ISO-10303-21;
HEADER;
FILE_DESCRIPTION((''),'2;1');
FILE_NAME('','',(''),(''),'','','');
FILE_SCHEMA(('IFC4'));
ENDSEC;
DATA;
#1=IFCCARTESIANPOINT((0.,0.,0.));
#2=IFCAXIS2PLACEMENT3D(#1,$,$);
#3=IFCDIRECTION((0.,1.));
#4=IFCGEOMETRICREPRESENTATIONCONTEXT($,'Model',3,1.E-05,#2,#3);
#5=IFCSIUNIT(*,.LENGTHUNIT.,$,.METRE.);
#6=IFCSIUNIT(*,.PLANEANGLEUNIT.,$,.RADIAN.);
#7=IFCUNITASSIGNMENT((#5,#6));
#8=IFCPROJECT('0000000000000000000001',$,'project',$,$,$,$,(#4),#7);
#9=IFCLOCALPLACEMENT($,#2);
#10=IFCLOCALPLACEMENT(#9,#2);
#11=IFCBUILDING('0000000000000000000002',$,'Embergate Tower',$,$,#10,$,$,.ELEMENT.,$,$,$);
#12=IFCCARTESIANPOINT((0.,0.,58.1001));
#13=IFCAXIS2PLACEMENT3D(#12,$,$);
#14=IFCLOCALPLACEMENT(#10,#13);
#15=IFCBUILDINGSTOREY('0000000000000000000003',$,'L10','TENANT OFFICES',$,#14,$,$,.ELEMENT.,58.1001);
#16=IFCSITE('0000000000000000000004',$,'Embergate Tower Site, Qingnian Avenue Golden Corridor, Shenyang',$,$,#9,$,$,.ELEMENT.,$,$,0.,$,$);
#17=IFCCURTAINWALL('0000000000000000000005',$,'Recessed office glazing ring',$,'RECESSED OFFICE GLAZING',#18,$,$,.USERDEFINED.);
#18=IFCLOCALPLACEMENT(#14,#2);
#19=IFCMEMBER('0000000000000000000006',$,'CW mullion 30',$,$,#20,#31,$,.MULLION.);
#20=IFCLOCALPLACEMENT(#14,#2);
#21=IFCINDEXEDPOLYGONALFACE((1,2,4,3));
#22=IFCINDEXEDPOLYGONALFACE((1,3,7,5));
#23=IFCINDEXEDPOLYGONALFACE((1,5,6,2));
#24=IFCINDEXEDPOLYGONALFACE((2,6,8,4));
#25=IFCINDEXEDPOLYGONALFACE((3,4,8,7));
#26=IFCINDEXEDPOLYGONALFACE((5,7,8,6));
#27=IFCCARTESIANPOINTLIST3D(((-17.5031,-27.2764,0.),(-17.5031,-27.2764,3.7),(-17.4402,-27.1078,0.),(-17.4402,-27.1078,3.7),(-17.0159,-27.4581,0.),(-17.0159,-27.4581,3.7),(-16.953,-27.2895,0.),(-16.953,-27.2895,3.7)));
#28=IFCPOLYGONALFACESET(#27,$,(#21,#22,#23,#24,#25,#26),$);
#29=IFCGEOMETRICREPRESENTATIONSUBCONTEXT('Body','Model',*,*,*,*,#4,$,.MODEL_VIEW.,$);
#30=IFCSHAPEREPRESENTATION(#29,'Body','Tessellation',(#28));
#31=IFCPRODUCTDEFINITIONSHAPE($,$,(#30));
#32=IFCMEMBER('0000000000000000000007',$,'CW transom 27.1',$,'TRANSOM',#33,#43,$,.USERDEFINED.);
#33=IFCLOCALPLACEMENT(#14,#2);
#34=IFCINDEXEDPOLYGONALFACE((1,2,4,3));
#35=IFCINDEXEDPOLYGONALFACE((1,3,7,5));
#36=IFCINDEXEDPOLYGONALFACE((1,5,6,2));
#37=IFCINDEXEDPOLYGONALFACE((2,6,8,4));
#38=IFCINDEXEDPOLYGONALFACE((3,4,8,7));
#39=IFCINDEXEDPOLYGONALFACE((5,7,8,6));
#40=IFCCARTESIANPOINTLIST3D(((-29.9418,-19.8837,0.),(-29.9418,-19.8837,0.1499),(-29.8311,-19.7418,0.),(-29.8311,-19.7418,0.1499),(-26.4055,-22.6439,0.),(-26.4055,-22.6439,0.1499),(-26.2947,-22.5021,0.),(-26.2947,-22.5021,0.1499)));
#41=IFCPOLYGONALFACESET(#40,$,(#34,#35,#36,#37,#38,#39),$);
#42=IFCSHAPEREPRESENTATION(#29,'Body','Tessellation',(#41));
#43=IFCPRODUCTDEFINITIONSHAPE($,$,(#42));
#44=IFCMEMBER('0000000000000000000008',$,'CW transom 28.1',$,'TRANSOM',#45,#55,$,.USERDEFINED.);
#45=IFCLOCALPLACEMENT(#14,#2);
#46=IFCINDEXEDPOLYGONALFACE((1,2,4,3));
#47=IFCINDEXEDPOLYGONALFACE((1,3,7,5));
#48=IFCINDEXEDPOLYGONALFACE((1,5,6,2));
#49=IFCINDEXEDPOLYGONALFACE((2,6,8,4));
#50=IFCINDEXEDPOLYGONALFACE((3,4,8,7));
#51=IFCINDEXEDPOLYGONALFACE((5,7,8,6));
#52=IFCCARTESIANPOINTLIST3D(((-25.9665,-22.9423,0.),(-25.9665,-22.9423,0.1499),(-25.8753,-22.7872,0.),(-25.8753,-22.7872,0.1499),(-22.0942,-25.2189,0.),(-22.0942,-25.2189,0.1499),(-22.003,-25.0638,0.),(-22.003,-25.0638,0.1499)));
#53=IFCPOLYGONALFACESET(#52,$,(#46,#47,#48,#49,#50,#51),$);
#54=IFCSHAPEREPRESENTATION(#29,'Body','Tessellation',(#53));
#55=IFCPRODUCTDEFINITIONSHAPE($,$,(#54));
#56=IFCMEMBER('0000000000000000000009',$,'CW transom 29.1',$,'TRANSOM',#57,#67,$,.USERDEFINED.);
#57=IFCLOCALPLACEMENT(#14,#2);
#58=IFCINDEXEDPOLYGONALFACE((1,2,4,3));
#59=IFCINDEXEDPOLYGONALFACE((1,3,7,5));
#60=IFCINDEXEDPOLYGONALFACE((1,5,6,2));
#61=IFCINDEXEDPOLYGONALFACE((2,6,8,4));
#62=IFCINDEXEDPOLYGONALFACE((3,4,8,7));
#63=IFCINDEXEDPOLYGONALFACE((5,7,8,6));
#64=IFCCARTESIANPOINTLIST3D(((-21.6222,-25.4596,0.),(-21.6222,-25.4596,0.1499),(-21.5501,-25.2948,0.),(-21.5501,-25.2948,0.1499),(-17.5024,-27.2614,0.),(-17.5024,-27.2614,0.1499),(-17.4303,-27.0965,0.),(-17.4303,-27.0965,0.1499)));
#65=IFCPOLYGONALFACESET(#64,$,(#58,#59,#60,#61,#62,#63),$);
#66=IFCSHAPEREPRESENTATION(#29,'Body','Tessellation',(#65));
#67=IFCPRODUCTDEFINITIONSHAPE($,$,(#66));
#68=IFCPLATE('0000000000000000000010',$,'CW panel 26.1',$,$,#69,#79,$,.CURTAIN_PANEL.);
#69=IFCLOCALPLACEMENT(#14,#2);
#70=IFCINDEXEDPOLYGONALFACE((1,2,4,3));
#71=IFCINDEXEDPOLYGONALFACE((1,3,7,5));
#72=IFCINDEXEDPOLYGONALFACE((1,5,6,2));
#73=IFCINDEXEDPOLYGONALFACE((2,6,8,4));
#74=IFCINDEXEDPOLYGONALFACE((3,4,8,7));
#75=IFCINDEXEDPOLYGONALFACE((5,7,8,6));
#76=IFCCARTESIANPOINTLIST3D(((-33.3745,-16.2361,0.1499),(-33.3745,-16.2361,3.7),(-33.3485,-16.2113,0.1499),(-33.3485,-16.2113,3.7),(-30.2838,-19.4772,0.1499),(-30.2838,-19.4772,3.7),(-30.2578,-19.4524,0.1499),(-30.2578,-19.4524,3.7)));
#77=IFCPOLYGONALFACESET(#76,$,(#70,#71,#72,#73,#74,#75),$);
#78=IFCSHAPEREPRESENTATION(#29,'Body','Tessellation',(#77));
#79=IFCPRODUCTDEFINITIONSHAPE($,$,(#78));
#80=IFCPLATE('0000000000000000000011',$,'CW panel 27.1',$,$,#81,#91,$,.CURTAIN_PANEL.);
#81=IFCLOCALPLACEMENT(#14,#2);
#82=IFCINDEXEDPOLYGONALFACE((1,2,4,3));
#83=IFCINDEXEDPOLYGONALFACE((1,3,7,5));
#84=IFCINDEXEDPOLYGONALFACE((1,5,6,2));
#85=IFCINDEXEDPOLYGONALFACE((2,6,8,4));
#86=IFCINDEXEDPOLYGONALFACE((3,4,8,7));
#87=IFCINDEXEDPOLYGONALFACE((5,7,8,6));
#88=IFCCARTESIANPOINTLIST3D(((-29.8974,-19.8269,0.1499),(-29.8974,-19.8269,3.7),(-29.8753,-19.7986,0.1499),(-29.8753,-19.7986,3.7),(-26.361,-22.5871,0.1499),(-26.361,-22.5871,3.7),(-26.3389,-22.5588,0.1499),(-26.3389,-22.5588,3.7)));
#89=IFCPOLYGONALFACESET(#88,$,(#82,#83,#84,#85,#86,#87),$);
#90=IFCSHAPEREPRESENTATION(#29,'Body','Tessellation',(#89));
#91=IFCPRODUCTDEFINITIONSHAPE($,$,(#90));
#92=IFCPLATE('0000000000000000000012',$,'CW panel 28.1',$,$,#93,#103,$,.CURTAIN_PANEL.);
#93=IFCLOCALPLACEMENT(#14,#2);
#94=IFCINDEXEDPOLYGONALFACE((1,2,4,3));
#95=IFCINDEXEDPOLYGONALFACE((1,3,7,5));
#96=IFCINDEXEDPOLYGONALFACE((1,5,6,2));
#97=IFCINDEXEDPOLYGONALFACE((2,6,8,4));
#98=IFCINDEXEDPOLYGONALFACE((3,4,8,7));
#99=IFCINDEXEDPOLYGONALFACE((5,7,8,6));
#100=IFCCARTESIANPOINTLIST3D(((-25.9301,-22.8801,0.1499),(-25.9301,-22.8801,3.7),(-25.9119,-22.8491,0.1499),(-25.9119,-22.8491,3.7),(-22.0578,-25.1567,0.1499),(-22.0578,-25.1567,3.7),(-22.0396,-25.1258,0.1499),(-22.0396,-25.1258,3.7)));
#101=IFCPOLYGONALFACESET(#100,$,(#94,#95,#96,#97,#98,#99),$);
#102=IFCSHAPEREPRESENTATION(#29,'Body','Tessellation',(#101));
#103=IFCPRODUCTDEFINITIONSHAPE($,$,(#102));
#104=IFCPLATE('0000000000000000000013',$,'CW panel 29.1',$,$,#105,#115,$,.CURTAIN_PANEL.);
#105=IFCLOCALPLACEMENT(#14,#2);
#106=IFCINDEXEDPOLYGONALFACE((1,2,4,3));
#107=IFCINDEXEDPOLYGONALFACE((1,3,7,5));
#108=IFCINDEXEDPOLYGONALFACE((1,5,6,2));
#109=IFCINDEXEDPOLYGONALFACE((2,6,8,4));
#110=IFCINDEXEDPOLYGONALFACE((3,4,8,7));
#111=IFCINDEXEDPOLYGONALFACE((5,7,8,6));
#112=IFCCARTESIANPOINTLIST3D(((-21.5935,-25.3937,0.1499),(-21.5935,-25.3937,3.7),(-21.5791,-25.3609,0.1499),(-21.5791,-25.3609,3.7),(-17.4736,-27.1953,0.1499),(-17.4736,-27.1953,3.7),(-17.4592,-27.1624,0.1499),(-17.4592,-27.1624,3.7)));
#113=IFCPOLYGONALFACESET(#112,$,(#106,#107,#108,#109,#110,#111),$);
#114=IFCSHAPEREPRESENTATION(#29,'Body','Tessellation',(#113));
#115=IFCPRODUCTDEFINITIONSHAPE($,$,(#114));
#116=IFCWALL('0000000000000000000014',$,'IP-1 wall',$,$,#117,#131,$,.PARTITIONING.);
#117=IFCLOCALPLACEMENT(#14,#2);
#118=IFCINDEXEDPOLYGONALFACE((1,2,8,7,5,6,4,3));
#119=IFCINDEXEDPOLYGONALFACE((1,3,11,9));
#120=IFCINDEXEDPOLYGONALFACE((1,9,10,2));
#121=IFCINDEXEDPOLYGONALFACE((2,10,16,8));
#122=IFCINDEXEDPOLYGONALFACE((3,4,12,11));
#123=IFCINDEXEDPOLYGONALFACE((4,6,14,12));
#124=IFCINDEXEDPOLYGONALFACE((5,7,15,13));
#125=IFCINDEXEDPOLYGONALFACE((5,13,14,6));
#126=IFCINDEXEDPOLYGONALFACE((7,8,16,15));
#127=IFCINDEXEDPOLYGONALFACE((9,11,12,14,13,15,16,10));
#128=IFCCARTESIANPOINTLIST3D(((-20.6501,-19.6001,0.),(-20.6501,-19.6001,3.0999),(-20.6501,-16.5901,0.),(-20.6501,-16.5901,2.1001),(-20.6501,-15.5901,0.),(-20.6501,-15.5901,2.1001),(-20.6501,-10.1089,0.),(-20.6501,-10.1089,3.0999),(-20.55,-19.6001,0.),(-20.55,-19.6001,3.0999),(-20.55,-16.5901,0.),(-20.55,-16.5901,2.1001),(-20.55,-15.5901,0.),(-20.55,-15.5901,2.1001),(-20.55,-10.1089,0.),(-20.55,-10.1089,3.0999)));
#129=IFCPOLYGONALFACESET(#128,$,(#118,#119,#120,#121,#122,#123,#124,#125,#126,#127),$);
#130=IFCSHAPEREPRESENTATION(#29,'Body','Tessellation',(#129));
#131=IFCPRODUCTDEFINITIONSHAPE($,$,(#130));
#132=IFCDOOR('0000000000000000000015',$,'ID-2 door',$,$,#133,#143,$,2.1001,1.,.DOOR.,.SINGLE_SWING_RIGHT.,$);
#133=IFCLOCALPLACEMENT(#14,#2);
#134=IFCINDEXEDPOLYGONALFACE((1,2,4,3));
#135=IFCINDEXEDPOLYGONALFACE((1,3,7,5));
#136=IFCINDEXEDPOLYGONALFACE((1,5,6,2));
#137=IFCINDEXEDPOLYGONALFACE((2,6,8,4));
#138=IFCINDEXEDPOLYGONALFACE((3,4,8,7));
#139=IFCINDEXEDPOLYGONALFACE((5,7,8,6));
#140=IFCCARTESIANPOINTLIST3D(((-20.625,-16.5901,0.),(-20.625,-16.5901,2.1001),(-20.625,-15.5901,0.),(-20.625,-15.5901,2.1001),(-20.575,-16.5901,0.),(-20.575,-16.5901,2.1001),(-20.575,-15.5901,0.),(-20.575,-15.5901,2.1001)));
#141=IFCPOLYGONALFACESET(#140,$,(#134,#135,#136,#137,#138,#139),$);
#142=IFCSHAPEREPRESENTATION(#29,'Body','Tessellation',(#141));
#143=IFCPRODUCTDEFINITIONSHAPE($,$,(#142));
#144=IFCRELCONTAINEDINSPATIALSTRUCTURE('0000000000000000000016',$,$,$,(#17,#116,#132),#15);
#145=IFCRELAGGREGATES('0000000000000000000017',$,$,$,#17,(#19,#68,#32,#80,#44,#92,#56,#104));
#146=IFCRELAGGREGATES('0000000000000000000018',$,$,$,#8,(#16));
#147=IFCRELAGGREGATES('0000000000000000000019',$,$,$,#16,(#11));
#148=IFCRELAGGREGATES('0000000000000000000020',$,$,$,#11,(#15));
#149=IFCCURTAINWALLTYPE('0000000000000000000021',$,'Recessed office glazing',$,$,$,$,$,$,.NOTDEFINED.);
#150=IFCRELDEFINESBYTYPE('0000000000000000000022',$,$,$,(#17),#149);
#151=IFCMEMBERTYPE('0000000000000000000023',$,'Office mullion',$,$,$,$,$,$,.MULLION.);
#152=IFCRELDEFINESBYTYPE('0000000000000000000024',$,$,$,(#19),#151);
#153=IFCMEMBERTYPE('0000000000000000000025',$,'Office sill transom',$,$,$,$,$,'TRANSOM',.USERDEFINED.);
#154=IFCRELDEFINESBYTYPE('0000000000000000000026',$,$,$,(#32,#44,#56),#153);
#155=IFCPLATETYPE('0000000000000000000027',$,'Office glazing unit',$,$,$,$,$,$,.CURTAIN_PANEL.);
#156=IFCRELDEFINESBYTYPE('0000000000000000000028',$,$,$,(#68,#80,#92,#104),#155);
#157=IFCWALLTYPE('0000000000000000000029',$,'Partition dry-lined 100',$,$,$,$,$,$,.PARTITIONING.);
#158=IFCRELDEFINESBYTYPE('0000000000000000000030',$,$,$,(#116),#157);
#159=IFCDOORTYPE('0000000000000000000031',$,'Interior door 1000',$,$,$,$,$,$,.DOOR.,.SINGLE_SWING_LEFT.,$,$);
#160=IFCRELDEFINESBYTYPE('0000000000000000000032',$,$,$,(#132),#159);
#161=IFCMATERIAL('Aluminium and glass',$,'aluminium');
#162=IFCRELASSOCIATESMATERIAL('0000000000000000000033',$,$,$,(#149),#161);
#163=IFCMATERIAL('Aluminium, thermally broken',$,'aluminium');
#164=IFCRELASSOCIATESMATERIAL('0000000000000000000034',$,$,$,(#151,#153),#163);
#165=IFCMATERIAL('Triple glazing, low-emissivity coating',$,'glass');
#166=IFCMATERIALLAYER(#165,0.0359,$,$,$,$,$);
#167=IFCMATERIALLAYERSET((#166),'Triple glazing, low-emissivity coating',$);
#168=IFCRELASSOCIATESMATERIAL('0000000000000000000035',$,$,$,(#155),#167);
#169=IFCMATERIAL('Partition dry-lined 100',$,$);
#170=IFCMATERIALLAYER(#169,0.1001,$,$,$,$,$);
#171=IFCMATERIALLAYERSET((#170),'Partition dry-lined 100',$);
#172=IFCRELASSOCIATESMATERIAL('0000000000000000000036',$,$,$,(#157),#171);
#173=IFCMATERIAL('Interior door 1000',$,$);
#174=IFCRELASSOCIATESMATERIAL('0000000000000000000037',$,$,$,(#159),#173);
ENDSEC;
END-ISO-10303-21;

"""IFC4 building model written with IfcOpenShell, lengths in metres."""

from ifc_helpers import new_model, si_unit, direction, frame, frame_2d, origin, origin_2d, place, context, subcontext, project, spatial, rectangle, extrude, source, transform, mapped, material, layer, layer_set, material_profile, profile_set, type_object, element, fill, aggregate, save


model = new_model("IFC4")

# Units and contexts
model_context = context("Model", 3, precision=1e-05, world=origin(), true_north=direction((0.0, 1.0)))
body_context = subcontext(model_context, "Body", "Model", "MODEL_VIEW")
ifc_project = project(units=[si_unit("LENGTHUNIT", "METRE"), si_unit("PLANEANGLEUNIT", "RADIAN")], contexts=[model_context])

# Site, building, storey
site_placement = place(None, origin())
site = spatial("IfcSite", under=ifc_project, at=site_placement, Name="Embergate Tower Site, Qingnian Avenue Golden Corridor, Shenyang", CompositionType="ELEMENT", RefElevation=0.0)
building_placement = place(site_placement, origin())
building = spatial("IfcBuilding", under=site, at=building_placement, Name="Embergate Tower", CompositionType="ELEMENT")
storey_placement = place(building_placement, frame((0.0, 0.0, 58.1001)))
storey = spatial("IfcBuildingStorey", under=building, at=storey_placement, Name="L10", Description="TENANT OFFICES", CompositionType="ELEMENT", Elevation=58.1001)

# Curtain wall, members, plates
ifc_material_1 = material(Name="Aluminium and glass", Category="aluminium")
curtain_wall_type = type_object("IfcCurtainWallType", Name="Recessed office glazing", PredefinedType="NOTDEFINED", material=ifc_material_1)
curtain_wall_placement = place(storey_placement, origin())
curtain_wall = element("IfcCurtainWall", 1, at=curtain_wall_placement, inside=storey, type_object=curtain_wall_type, Name="Recessed office glazing ring", ObjectType="RECESSED OFFICE GLAZING", PredefinedType="USERDEFINED")
ifc_material_2 = material(Name="Aluminium, thermally broken", Category="aluminium")
ifc_material_profile_1 = material_profile(ifc_material_2, rectangle(XDim=0.1799, YDim=0.52, at=origin_2d()), Name="AL 520x180")
ifc_profile_set_1 = profile_set([ifc_material_profile_1], Name="Aluminium, thermally broken")
member_type_1 = type_object("IfcMemberType", Name="Office mullion", PredefinedType="MULLION", material=ifc_profile_set_1)
shared_shape_1 = source(origin(), body_context, "Body", "SweptSolid", [
    extrude(rectangle(XDim=0.1799, YDim=0.52, at=origin_2d()), origin(), (0.0, 0.0, 1.0), 3.7),
])
member_1_placement = place(storey_placement, frame((-17.228, -27.283, 0.0), z_axis=(0.0, 0.0, 1.0), x_axis=(0.349511, 0.936932, 0.0)))
member_1 = element("IfcMember", 2, at=member_1_placement, type_object=member_type_1, Name="CW mullion 30", PredefinedType="MULLION", context=body_context, shape_type="MappedRepresentation", body=[
    mapped(shared_shape_1, transform((0.0, 0.0, 0.0))),
])
ifc_material_profile_2 = material_profile(ifc_material_2, rectangle(XDim=0.1799, YDim=0.1499, at=origin_2d()), Name="AL 150x180")
ifc_profile_set_2 = profile_set([ifc_material_profile_2], Name="Aluminium, thermally broken")
member_type_2 = type_object("IfcMemberType", Name="Office sill transom", ElementType="TRANSOM", PredefinedType="USERDEFINED", material=ifc_profile_set_2)
shared_shape_2 = source(origin(), body_context, "Body", "SweptSolid", [
    extrude(rectangle(XDim=0.1799, YDim=0.1499, at=origin_2d()), origin(), (0.0, 0.0, 1.0), 4.4861),
])
member_2_placement = place(storey_placement, frame((-29.8865, -19.8127, 0.075), z_axis=(0.788299, -0.615292, 0.0), x_axis=(0.615292, 0.788299, 0.0)))
member_2 = element("IfcMember", 3, at=member_2_placement, type_object=member_type_2, Name="CW transom 27.1", ObjectType="TRANSOM", PredefinedType="USERDEFINED", context=body_context, shape_type="MappedRepresentation", body=[
    mapped(shared_shape_2, transform((0.0, 0.0, 0.0))),
])
shared_shape_3 = source(origin(), body_context, "Body", "SweptSolid", [
    extrude(rectangle(XDim=0.1799, YDim=0.1499, at=origin_2d()), origin(), (0.0, 0.0, 1.0), 4.4919),
])
member_3_placement = place(storey_placement, frame((-25.9209, -22.8647, 0.075), z_axis=(0.862053, -0.506818, 0.0), x_axis=(0.506818, 0.862053, 0.0)))
member_3 = element("IfcMember", 4, at=member_3_placement, type_object=member_type_2, Name="CW transom 28.1", ObjectType="TRANSOM", PredefinedType="USERDEFINED", context=body_context, shape_type="MappedRepresentation", body=[
    mapped(shared_shape_3, transform((0.0, 0.0, 0.0))),
])
shared_shape_4 = source(origin(), body_context, "Body", "SweptSolid", [
    extrude(rectangle(XDim=0.1799, YDim=0.1499, at=origin_2d()), origin(), (0.0, 0.0, 1.0), 4.4966),
])
member_4_placement = place(storey_placement, frame((-21.5862, -25.3772, 0.075), z_axis=(0.916213, -0.400691, 0.0), x_axis=(0.400691, 0.916213, 0.0)))
member_4 = element("IfcMember", 5, at=member_4_placement, type_object=member_type_2, Name="CW transom 29.1", ObjectType="TRANSOM", PredefinedType="USERDEFINED", context=body_context, shape_type="MappedRepresentation", body=[
    mapped(shared_shape_4, transform((0.0, 0.0, 0.0))),
])
ifc_material_3 = material(Name="Triple glazing, low-emissivity coating", Category="glass")
ifc_layer_1 = layer(ifc_material_3, 0.0359)
ifc_layer_set_1 = layer_set([ifc_layer_1], Name="Triple glazing, low-emissivity coating")
plate_type = type_object("IfcPlateType", Name="Office glazing unit", PredefinedType="CURTAIN_PANEL", material=ifc_layer_set_1)
shared_shape_5 = source(origin(), body_context, "Body", "SweptSolid", [
    extrude(rectangle(XDim=4.4785, YDim=0.0359, at=origin_2d()), origin(), (0.0, 0.0, 1.0), 3.55),
])
plate_1_placement = place(storey_placement, frame((-31.8162, -17.8442, 0.1499), z_axis=(0.0, 0.0, 1.0), x_axis=(0.690125, -0.72369, 0.0)))
plate_1 = element("IfcPlate", 6, at=plate_1_placement, type_object=plate_type, Name="CW panel 26.1", PredefinedType="CURTAIN_PANEL", context=body_context, shape_type="MappedRepresentation", body=[
    mapped(shared_shape_5, transform((0.0, 0.0, 0.0))),
])
shared_shape_6 = source(origin(), body_context, "Body", "SweptSolid", [
    extrude(rectangle(XDim=4.4861, YDim=0.0359, at=origin_2d()), origin(), (0.0, 0.0, 1.0), 3.55),
])
plate_2_placement = place(storey_placement, frame((-28.1182, -21.1929, 0.1499), z_axis=(0.0, 0.0, 1.0), x_axis=(0.788313, -0.615275, 0.0)))
plate_2 = element("IfcPlate", 7, at=plate_2_placement, type_object=plate_type, Name="CW panel 27.1", PredefinedType="CURTAIN_PANEL", context=body_context, shape_type="MappedRepresentation", body=[
    mapped(shared_shape_6, transform((0.0, 0.0, 0.0))),
])
shared_shape_7 = source(origin(), body_context, "Body", "SweptSolid", [
    extrude(rectangle(XDim=4.4919, YDim=0.0359, at=origin_2d()), origin(), (0.0, 0.0, 1.0), 3.55),
])
plate_3_placement = place(storey_placement, frame((-23.9849, -24.0029, 0.1499), z_axis=(0.0, 0.0, 1.0), x_axis=(0.862048, -0.506827, 0.0)))
plate_3 = element("IfcPlate", 8, at=plate_3_placement, type_object=plate_type, Name="CW panel 28.1", PredefinedType="CURTAIN_PANEL", context=body_context, shape_type="MappedRepresentation", body=[
    mapped(shared_shape_7, transform((0.0, 0.0, 0.0))),
])
shared_shape_8 = source(origin(), body_context, "Body", "SweptSolid", [
    extrude(rectangle(XDim=4.4966, YDim=0.0359, at=origin_2d()), origin(), (0.0, 0.0, 1.0), 3.55),
])
plate_4_placement = place(storey_placement, frame((-19.5264, -26.2781, 0.1499), z_axis=(0.0, 0.0, 1.0), x_axis=(0.916233, -0.400646, 0.0)))
plate_4 = element("IfcPlate", 9, at=plate_4_placement, type_object=plate_type, Name="CW panel 29.1", PredefinedType="CURTAIN_PANEL", context=body_context, shape_type="MappedRepresentation", body=[
    mapped(shared_shape_8, transform((0.0, 0.0, 0.0))),
])
aggregate(curtain_wall, [member_1, plate_1, member_2, plate_2, member_3, plate_3, member_4, plate_4])

# Wall, opening, door
ifc_material_4 = material(Name="Partition dry-lined 100")
ifc_layer_2 = layer(ifc_material_4, 0.1001)
ifc_layer_set_2 = layer_set([ifc_layer_2], Name="Partition dry-lined 100")
wall_type = type_object("IfcWallType", Name="Partition dry-lined 100", PredefinedType="PARTITIONING", material=ifc_layer_set_2)
shared_shape_9 = source(origin(), body_context, "Body", "SweptSolid", [
    extrude(rectangle(XDim=9.4912, YDim=0.1001, at=frame_2d((4.7456, 0.0))), origin(), (0.0, 0.0, 1.0), 3.0999),
])
wall_placement = place(storey_placement, frame((-20.6001, -19.6001, 0.0), z_axis=(0.0, 0.0, 1.0), x_axis=(0.0, 1.0, 0.0)))
wall = element("IfcWall", 10, at=wall_placement, inside=storey, type_object=wall_type, Name="IP-1 wall", PredefinedType="PARTITIONING", context=body_context, shape_type="MappedRepresentation", body=[
    mapped(shared_shape_9, transform((0.0, 0.0, 0.0))),
])
shared_shape_10 = source(origin(), body_context, "Body", "SweptSolid", [
    extrude(rectangle(XDim=1.0, YDim=2.1001, at=frame_2d((0.5, 1.05))), frame((0.0, 0.0601, 0.0), z_axis=(0.0, -1.0, 0.0), x_axis=(1.0, 0.0, 0.0)), (0.0, 0.0, 1.0), 0.1201),
])
opening_placement = place(wall_placement, frame((3.01, 0.0, 0.0)))
opening = element("IfcOpeningElement", 11, at=opening_placement, cuts=wall, PredefinedType="OPENING", context=body_context, shape_type="MappedRepresentation", body=[
    mapped(shared_shape_10, transform((0.0, 0.0, 0.0))),
])
ifc_material_5 = material(Name="Interior door 1000")
door_type = type_object("IfcDoorType", Name="Interior door 1000", OperationType="SINGLE_SWING_LEFT", PredefinedType="DOOR", material=ifc_material_5)
shared_shape_11 = source(origin(), body_context, "Body", "SweptSolid", [
    extrude(rectangle(XDim=1.0, YDim=2.1001, at=frame_2d((0.5, 1.05))), frame((0.0, 0.0249, 0.0), z_axis=(0.0, -1.0, 0.0), x_axis=(1.0, 0.0, 0.0)), (0.0, 0.0, 1.0), 0.05),
])
door_placement = place(opening_placement, origin())
door = element("IfcDoor", 12, at=door_placement, inside=storey, type_object=door_type, Name="ID-2 door", OperationType="SINGLE_SWING_RIGHT", OverallHeight=2.1001, OverallWidth=1.0, PredefinedType="DOOR", context=body_context, shape_type="MappedRepresentation", body=[
    mapped(shared_shape_11, transform((0.0, 0.0, 0.0))),
])
fill(opening, door)

save(model, "model.ifc")
